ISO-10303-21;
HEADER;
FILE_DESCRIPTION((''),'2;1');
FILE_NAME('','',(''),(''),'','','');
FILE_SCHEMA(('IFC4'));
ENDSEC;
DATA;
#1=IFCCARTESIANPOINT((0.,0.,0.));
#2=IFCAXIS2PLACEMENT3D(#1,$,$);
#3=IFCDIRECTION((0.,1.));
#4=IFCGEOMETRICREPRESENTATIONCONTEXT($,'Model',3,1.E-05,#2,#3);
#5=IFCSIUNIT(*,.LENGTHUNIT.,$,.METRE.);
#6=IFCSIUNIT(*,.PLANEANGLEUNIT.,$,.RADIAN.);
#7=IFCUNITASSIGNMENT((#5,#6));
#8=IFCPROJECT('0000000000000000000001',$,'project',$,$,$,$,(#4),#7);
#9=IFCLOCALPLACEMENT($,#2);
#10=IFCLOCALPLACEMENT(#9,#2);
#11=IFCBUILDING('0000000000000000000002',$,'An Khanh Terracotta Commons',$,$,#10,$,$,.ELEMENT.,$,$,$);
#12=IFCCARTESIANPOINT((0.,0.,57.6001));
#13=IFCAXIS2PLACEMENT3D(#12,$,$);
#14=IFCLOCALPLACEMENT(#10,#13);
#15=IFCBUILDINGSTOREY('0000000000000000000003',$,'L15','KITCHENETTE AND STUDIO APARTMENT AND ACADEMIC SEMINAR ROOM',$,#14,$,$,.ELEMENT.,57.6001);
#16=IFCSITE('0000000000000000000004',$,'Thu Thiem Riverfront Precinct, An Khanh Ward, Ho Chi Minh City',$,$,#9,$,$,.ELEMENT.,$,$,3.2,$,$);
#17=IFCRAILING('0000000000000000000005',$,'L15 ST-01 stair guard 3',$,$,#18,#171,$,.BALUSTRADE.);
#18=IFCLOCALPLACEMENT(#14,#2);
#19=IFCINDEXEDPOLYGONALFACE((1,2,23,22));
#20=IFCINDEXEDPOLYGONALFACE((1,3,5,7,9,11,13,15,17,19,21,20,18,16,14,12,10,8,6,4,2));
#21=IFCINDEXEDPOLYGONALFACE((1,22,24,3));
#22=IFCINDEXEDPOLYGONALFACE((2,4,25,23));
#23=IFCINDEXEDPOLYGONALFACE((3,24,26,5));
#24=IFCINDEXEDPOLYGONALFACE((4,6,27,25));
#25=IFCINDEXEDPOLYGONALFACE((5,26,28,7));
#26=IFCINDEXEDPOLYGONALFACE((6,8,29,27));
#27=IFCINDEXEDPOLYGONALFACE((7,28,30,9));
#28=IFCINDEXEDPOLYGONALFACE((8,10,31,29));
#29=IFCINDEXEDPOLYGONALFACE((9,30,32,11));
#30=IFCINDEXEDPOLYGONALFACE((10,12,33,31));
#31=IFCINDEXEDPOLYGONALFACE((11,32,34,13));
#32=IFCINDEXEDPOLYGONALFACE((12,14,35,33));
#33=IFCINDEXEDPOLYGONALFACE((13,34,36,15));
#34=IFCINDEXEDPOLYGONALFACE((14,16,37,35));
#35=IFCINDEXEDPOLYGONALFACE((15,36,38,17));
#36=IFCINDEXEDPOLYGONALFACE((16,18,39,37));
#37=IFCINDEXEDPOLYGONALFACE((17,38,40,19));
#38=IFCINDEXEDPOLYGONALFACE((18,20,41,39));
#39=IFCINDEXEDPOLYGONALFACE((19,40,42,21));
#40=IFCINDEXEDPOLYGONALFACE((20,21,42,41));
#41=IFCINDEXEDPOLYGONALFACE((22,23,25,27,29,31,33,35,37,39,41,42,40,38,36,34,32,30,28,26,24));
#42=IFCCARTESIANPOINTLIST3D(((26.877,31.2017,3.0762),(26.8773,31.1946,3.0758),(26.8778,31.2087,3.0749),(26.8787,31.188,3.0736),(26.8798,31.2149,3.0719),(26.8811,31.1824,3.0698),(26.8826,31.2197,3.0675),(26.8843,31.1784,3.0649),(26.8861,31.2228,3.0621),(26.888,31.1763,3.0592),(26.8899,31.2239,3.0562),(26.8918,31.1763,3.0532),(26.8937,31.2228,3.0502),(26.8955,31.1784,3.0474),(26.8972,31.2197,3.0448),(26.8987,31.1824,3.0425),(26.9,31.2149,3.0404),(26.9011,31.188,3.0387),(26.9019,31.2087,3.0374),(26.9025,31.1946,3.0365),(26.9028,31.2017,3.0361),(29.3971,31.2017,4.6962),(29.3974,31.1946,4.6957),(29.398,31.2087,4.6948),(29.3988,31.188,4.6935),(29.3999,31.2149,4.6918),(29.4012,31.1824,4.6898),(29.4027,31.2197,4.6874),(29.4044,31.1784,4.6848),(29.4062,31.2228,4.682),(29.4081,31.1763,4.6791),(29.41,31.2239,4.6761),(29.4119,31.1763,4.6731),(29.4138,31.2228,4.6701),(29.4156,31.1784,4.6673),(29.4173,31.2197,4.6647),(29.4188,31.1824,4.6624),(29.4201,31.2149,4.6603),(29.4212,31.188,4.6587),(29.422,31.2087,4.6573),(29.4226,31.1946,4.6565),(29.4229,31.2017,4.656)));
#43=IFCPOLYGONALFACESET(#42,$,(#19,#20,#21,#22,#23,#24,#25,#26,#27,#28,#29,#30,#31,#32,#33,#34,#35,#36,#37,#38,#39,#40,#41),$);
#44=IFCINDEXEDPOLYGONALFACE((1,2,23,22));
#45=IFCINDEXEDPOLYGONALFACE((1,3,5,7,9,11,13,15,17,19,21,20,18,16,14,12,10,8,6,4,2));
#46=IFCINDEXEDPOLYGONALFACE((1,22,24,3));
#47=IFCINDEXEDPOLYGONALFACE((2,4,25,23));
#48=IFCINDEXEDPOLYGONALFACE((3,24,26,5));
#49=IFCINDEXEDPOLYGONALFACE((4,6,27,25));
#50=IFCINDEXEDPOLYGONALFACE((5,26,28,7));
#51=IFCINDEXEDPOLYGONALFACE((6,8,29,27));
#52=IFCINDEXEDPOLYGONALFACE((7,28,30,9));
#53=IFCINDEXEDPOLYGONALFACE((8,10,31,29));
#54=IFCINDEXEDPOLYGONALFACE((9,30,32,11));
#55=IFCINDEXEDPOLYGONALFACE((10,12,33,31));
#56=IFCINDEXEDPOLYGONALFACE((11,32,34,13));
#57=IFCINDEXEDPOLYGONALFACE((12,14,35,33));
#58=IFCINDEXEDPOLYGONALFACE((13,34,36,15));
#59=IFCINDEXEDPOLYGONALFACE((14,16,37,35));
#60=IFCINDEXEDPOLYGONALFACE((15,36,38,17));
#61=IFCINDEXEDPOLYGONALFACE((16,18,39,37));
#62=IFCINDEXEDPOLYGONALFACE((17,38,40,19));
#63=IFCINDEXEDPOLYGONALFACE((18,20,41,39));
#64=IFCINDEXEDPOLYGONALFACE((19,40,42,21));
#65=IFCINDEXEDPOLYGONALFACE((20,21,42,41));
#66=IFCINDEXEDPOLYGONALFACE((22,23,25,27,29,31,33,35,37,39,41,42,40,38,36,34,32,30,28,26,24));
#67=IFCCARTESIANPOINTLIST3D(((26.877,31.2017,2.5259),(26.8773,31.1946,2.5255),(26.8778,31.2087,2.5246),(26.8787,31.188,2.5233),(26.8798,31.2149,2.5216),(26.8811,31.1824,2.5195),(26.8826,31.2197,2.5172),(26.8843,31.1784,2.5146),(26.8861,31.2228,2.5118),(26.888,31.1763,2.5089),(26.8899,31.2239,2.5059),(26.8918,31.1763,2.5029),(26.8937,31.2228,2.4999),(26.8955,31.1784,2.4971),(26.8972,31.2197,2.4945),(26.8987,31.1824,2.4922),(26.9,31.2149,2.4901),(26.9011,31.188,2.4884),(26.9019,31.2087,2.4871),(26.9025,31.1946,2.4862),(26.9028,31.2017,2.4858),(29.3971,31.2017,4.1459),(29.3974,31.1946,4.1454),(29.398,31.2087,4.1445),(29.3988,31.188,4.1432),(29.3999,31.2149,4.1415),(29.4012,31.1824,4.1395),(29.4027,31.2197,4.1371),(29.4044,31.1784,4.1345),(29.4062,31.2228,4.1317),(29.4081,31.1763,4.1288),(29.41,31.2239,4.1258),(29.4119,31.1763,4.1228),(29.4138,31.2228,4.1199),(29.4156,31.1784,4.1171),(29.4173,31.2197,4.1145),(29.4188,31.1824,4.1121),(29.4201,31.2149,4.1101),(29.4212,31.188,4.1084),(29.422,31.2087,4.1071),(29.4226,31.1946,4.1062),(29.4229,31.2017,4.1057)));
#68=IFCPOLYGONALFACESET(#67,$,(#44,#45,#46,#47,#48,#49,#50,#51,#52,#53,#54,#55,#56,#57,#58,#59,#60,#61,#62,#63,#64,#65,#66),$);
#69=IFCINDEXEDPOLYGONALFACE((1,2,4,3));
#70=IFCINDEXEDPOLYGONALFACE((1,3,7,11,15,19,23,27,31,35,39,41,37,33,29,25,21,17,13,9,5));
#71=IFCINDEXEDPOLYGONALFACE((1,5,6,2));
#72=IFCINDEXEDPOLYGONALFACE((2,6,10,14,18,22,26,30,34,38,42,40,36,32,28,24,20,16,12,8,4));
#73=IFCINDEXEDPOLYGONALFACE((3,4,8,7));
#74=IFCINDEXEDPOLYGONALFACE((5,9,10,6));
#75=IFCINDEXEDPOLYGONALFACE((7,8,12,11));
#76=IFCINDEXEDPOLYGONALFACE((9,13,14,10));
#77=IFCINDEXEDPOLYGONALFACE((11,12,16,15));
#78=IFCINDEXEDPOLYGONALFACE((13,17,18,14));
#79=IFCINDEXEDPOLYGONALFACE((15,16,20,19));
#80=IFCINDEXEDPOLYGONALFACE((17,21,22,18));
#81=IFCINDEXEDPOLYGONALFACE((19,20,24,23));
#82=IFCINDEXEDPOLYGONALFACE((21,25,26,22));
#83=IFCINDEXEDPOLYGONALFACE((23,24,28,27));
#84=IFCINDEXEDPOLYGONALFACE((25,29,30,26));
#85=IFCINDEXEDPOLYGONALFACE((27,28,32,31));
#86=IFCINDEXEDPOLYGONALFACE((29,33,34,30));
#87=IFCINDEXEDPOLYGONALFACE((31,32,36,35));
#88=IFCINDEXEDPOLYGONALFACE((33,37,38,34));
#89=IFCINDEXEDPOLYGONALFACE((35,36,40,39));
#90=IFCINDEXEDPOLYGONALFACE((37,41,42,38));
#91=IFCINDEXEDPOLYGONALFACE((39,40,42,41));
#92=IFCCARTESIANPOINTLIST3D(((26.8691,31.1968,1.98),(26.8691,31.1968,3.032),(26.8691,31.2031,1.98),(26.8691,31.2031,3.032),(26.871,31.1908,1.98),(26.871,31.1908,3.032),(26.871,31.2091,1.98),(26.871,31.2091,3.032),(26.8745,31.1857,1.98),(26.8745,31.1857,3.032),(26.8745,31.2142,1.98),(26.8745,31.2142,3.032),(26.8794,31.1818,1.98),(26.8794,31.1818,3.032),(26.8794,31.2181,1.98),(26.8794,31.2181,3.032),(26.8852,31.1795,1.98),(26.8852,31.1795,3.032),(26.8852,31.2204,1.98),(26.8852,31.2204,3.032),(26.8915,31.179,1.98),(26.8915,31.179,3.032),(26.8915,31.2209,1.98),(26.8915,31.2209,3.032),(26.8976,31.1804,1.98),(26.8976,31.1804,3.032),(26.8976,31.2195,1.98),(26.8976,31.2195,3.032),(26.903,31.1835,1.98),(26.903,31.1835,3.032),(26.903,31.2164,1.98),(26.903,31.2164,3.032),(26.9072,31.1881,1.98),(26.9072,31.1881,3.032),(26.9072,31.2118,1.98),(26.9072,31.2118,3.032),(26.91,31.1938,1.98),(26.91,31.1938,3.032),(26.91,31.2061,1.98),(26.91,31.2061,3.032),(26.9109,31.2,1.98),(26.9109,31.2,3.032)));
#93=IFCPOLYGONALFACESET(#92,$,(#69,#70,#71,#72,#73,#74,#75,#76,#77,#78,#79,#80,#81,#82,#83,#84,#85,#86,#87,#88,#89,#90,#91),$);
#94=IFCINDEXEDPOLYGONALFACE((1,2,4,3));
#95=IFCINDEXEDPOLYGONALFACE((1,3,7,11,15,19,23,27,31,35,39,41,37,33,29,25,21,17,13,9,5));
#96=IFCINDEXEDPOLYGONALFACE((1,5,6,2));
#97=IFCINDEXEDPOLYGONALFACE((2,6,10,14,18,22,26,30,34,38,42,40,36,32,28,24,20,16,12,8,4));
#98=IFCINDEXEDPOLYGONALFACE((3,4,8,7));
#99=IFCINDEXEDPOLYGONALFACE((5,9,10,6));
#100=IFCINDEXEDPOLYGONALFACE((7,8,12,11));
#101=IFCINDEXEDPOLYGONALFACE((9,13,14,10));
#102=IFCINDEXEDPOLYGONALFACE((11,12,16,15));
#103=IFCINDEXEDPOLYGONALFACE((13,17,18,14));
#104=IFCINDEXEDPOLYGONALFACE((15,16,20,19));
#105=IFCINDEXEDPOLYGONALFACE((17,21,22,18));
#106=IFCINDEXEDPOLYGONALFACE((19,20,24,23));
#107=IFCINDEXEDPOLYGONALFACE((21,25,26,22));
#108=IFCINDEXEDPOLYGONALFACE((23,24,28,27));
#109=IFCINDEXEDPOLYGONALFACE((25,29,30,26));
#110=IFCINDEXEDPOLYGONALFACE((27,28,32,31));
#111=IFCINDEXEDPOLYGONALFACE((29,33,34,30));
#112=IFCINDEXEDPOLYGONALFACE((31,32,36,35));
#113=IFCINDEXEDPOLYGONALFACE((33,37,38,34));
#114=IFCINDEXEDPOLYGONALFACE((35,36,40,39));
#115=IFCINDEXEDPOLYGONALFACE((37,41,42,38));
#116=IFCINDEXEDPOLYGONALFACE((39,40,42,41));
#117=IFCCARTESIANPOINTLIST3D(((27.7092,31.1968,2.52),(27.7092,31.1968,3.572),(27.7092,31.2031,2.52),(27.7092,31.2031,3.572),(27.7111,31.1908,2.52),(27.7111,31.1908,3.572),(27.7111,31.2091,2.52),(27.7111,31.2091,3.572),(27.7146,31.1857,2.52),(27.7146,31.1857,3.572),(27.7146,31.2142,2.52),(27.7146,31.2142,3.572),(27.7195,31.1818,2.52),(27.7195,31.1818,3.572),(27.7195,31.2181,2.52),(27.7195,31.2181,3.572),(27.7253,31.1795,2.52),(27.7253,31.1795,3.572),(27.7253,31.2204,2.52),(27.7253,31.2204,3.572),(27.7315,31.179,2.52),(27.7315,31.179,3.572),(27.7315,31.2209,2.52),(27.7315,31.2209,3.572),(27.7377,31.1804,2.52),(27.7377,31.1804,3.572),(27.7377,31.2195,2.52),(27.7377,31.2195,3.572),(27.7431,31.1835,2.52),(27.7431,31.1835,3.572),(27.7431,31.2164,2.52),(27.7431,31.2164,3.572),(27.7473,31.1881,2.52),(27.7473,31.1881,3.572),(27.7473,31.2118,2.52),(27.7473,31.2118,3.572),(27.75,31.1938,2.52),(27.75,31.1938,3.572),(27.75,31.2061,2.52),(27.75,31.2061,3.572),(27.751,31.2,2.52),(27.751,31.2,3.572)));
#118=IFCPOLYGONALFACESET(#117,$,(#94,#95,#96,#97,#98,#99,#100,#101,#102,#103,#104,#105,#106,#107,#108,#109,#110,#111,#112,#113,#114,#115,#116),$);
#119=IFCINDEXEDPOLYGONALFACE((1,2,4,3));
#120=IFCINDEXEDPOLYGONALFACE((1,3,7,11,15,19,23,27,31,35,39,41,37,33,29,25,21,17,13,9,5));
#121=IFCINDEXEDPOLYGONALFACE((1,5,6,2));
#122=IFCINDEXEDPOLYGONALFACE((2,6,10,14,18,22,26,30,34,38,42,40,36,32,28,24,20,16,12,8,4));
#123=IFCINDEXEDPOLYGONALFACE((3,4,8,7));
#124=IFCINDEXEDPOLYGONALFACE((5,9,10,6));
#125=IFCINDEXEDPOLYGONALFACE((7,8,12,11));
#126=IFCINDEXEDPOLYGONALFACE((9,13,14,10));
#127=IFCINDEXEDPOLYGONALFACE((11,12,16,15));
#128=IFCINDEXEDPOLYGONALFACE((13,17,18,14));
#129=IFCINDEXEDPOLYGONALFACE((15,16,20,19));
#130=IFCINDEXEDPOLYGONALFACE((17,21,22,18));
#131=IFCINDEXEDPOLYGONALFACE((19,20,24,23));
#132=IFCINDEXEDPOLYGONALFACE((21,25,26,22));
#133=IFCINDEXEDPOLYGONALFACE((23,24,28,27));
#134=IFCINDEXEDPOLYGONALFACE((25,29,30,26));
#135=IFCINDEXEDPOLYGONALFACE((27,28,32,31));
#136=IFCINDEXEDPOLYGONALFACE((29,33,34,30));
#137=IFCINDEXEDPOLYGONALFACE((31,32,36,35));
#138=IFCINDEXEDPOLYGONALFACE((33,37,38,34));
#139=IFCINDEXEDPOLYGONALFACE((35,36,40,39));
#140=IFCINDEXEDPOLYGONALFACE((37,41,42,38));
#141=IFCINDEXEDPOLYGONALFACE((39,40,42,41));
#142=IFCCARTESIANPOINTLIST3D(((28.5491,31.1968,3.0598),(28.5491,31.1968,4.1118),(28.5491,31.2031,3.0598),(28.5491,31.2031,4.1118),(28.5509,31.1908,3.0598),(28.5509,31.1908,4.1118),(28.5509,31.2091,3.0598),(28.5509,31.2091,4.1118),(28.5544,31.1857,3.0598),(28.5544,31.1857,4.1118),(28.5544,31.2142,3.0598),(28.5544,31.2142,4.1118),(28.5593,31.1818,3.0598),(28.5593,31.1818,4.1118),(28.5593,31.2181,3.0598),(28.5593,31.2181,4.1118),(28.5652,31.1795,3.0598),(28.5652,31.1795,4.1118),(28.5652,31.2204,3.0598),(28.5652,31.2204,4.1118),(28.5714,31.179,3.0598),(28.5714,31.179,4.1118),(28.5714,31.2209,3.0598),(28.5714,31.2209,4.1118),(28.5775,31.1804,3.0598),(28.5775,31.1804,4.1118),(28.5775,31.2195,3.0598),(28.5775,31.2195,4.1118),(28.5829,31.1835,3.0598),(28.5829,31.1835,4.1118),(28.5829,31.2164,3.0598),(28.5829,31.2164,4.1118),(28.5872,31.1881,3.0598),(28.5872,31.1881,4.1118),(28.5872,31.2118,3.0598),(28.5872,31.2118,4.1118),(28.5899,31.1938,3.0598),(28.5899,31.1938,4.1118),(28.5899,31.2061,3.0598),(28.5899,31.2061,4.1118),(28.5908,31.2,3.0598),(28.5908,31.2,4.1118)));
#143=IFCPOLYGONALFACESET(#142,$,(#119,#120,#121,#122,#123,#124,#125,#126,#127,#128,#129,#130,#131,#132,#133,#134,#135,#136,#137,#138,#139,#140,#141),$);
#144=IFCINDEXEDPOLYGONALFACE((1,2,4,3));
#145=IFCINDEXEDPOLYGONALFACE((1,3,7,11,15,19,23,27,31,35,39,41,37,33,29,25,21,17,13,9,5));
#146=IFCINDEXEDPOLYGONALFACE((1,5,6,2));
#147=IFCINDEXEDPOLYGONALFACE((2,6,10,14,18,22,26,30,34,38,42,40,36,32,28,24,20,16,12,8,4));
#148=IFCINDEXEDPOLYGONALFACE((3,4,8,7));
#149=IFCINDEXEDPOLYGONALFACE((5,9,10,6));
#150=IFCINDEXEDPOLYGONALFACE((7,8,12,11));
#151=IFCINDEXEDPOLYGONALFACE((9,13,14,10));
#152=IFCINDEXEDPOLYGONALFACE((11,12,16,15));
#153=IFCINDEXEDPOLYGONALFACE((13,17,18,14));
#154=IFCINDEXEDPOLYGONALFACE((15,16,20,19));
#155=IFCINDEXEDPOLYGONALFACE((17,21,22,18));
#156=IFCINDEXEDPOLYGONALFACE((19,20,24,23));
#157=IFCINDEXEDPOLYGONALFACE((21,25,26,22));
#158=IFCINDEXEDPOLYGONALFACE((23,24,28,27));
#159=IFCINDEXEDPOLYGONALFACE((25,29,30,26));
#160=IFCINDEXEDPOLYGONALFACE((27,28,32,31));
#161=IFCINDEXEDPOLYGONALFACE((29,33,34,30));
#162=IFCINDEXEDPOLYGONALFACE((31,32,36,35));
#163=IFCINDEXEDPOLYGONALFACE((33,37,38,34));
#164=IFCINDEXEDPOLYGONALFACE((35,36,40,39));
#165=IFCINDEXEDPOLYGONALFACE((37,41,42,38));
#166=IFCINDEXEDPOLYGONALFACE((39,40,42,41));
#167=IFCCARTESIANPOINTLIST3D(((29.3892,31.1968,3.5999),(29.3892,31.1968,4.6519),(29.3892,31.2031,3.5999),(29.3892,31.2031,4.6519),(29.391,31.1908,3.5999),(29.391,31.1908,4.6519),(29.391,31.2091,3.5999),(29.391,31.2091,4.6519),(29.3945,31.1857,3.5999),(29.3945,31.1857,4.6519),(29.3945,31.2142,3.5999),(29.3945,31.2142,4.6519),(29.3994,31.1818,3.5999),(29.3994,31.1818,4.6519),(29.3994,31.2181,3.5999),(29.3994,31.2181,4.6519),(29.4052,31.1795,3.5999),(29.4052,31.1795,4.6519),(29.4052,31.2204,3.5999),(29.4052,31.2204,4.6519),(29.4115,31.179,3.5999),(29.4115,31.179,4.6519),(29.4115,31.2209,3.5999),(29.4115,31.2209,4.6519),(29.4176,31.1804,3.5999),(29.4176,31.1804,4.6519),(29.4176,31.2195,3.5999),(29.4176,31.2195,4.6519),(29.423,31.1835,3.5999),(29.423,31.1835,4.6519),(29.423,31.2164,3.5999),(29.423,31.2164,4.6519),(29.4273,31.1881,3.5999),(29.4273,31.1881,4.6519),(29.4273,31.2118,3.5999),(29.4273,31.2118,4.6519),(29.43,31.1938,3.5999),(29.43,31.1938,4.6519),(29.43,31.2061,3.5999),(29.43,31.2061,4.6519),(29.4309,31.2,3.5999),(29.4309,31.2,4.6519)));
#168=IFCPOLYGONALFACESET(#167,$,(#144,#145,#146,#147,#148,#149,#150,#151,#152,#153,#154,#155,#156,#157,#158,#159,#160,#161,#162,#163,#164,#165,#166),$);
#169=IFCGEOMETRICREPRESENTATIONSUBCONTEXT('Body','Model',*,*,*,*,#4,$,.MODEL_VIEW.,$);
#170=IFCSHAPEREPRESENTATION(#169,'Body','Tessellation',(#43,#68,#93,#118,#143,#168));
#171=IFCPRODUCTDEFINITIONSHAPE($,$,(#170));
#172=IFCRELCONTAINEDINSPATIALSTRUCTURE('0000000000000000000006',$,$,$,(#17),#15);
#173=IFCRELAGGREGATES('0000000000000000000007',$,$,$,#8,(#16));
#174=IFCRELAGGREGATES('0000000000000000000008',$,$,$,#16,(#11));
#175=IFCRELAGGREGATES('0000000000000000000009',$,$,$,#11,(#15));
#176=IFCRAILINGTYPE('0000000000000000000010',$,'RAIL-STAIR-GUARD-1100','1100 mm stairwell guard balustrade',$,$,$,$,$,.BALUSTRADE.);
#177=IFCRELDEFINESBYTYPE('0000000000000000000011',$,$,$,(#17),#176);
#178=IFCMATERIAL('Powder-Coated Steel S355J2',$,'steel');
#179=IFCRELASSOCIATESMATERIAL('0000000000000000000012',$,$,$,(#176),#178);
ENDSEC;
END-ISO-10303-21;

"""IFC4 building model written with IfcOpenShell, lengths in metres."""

from ifc_helpers import new_model, si_unit, direction, frame, origin, origin_2d, place, context, subcontext, project, spatial, circle, extrude, material, type_object, element, save


model = new_model("IFC4")

# Units and contexts
model_context = context("Model", 3, precision=1e-05, world=origin(), true_north=direction((0.0, 1.0)))
body_context = subcontext(model_context, "Body", "Model", "MODEL_VIEW")
ifc_project = project(units=[si_unit("LENGTHUNIT", "METRE"), si_unit("PLANEANGLEUNIT", "RADIAN")], contexts=[model_context])

# Site, building, storey
site_placement = place(None, origin())
site = spatial("IfcSite", under=ifc_project, at=site_placement, Name="Thu Thiem Riverfront Precinct, An Khanh Ward, Ho Chi Minh City", CompositionType="ELEMENT", RefElevation=3.2)
building_placement = place(site_placement, origin())
building = spatial("IfcBuilding", under=site, at=building_placement, Name="An Khanh Terracotta Commons", CompositionType="ELEMENT")
storey_placement = place(building_placement, frame((0.0, 0.0, 57.6001)))
storey = spatial("IfcBuildingStorey", under=building, at=storey_placement, Name="L15", Description="KITCHENETTE AND STUDIO APARTMENT AND ACADEMIC SEMINAR ROOM", CompositionType="ELEMENT", Elevation=57.6001)

# Railing
ifc_material_1 = material(Name="Powder-Coated Steel S355J2", Category="steel")
railing_type_1 = type_object("IfcRailingType", Name="RAIL-STAIR-GUARD-1100", Description="1100 mm stairwell guard balustrade", PredefinedType="BALUSTRADE", material=ifc_material_1)
railing_1_placement = place(storey_placement, frame((26.8899, 31.2, 1.98)))
element("IfcRailing", 1, at=railing_1_placement, inside=storey, type_object=railing_type_1, Name="L15 ST-01 stair guard 3", PredefinedType="BALUSTRADE", context=body_context, shape_type="SweptSolid", body=[
    extrude(circle(Radius=0.0239, at=origin_2d()), frame((0.0, 0.0, 1.0762), z_axis=(0.8412, 0.0, 0.540725), x_axis=(0.0, 1.0, 0.0)), (0.0, 0.0, 1.0), 2.9958),
    extrude(circle(Radius=0.0239, at=origin_2d()), frame((0.0, 0.0, 0.5259), z_axis=(0.8412, 0.0, 0.540725), x_axis=(0.0, 1.0, 0.0)), (0.0, 0.0, 1.0), 2.9958),
    extrude(circle(Radius=0.021, at=origin_2d()), origin(), (0.0, 0.0, 1.0), 1.052),
    extrude(circle(Radius=0.021, at=origin_2d()), frame((0.8401, 0.0, 0.54)), (0.0, 0.0, 1.0), 1.052),
    extrude(circle(Radius=0.021, at=origin_2d()), frame((1.6799, 0.0, 1.0798)), (0.0, 0.0, 1.0), 1.052),
    extrude(circle(Radius=0.021, at=origin_2d()), frame((2.52, 0.0, 1.6199)), (0.0, 0.0, 1.0), 1.052),
])

save(model, "model.ifc")
